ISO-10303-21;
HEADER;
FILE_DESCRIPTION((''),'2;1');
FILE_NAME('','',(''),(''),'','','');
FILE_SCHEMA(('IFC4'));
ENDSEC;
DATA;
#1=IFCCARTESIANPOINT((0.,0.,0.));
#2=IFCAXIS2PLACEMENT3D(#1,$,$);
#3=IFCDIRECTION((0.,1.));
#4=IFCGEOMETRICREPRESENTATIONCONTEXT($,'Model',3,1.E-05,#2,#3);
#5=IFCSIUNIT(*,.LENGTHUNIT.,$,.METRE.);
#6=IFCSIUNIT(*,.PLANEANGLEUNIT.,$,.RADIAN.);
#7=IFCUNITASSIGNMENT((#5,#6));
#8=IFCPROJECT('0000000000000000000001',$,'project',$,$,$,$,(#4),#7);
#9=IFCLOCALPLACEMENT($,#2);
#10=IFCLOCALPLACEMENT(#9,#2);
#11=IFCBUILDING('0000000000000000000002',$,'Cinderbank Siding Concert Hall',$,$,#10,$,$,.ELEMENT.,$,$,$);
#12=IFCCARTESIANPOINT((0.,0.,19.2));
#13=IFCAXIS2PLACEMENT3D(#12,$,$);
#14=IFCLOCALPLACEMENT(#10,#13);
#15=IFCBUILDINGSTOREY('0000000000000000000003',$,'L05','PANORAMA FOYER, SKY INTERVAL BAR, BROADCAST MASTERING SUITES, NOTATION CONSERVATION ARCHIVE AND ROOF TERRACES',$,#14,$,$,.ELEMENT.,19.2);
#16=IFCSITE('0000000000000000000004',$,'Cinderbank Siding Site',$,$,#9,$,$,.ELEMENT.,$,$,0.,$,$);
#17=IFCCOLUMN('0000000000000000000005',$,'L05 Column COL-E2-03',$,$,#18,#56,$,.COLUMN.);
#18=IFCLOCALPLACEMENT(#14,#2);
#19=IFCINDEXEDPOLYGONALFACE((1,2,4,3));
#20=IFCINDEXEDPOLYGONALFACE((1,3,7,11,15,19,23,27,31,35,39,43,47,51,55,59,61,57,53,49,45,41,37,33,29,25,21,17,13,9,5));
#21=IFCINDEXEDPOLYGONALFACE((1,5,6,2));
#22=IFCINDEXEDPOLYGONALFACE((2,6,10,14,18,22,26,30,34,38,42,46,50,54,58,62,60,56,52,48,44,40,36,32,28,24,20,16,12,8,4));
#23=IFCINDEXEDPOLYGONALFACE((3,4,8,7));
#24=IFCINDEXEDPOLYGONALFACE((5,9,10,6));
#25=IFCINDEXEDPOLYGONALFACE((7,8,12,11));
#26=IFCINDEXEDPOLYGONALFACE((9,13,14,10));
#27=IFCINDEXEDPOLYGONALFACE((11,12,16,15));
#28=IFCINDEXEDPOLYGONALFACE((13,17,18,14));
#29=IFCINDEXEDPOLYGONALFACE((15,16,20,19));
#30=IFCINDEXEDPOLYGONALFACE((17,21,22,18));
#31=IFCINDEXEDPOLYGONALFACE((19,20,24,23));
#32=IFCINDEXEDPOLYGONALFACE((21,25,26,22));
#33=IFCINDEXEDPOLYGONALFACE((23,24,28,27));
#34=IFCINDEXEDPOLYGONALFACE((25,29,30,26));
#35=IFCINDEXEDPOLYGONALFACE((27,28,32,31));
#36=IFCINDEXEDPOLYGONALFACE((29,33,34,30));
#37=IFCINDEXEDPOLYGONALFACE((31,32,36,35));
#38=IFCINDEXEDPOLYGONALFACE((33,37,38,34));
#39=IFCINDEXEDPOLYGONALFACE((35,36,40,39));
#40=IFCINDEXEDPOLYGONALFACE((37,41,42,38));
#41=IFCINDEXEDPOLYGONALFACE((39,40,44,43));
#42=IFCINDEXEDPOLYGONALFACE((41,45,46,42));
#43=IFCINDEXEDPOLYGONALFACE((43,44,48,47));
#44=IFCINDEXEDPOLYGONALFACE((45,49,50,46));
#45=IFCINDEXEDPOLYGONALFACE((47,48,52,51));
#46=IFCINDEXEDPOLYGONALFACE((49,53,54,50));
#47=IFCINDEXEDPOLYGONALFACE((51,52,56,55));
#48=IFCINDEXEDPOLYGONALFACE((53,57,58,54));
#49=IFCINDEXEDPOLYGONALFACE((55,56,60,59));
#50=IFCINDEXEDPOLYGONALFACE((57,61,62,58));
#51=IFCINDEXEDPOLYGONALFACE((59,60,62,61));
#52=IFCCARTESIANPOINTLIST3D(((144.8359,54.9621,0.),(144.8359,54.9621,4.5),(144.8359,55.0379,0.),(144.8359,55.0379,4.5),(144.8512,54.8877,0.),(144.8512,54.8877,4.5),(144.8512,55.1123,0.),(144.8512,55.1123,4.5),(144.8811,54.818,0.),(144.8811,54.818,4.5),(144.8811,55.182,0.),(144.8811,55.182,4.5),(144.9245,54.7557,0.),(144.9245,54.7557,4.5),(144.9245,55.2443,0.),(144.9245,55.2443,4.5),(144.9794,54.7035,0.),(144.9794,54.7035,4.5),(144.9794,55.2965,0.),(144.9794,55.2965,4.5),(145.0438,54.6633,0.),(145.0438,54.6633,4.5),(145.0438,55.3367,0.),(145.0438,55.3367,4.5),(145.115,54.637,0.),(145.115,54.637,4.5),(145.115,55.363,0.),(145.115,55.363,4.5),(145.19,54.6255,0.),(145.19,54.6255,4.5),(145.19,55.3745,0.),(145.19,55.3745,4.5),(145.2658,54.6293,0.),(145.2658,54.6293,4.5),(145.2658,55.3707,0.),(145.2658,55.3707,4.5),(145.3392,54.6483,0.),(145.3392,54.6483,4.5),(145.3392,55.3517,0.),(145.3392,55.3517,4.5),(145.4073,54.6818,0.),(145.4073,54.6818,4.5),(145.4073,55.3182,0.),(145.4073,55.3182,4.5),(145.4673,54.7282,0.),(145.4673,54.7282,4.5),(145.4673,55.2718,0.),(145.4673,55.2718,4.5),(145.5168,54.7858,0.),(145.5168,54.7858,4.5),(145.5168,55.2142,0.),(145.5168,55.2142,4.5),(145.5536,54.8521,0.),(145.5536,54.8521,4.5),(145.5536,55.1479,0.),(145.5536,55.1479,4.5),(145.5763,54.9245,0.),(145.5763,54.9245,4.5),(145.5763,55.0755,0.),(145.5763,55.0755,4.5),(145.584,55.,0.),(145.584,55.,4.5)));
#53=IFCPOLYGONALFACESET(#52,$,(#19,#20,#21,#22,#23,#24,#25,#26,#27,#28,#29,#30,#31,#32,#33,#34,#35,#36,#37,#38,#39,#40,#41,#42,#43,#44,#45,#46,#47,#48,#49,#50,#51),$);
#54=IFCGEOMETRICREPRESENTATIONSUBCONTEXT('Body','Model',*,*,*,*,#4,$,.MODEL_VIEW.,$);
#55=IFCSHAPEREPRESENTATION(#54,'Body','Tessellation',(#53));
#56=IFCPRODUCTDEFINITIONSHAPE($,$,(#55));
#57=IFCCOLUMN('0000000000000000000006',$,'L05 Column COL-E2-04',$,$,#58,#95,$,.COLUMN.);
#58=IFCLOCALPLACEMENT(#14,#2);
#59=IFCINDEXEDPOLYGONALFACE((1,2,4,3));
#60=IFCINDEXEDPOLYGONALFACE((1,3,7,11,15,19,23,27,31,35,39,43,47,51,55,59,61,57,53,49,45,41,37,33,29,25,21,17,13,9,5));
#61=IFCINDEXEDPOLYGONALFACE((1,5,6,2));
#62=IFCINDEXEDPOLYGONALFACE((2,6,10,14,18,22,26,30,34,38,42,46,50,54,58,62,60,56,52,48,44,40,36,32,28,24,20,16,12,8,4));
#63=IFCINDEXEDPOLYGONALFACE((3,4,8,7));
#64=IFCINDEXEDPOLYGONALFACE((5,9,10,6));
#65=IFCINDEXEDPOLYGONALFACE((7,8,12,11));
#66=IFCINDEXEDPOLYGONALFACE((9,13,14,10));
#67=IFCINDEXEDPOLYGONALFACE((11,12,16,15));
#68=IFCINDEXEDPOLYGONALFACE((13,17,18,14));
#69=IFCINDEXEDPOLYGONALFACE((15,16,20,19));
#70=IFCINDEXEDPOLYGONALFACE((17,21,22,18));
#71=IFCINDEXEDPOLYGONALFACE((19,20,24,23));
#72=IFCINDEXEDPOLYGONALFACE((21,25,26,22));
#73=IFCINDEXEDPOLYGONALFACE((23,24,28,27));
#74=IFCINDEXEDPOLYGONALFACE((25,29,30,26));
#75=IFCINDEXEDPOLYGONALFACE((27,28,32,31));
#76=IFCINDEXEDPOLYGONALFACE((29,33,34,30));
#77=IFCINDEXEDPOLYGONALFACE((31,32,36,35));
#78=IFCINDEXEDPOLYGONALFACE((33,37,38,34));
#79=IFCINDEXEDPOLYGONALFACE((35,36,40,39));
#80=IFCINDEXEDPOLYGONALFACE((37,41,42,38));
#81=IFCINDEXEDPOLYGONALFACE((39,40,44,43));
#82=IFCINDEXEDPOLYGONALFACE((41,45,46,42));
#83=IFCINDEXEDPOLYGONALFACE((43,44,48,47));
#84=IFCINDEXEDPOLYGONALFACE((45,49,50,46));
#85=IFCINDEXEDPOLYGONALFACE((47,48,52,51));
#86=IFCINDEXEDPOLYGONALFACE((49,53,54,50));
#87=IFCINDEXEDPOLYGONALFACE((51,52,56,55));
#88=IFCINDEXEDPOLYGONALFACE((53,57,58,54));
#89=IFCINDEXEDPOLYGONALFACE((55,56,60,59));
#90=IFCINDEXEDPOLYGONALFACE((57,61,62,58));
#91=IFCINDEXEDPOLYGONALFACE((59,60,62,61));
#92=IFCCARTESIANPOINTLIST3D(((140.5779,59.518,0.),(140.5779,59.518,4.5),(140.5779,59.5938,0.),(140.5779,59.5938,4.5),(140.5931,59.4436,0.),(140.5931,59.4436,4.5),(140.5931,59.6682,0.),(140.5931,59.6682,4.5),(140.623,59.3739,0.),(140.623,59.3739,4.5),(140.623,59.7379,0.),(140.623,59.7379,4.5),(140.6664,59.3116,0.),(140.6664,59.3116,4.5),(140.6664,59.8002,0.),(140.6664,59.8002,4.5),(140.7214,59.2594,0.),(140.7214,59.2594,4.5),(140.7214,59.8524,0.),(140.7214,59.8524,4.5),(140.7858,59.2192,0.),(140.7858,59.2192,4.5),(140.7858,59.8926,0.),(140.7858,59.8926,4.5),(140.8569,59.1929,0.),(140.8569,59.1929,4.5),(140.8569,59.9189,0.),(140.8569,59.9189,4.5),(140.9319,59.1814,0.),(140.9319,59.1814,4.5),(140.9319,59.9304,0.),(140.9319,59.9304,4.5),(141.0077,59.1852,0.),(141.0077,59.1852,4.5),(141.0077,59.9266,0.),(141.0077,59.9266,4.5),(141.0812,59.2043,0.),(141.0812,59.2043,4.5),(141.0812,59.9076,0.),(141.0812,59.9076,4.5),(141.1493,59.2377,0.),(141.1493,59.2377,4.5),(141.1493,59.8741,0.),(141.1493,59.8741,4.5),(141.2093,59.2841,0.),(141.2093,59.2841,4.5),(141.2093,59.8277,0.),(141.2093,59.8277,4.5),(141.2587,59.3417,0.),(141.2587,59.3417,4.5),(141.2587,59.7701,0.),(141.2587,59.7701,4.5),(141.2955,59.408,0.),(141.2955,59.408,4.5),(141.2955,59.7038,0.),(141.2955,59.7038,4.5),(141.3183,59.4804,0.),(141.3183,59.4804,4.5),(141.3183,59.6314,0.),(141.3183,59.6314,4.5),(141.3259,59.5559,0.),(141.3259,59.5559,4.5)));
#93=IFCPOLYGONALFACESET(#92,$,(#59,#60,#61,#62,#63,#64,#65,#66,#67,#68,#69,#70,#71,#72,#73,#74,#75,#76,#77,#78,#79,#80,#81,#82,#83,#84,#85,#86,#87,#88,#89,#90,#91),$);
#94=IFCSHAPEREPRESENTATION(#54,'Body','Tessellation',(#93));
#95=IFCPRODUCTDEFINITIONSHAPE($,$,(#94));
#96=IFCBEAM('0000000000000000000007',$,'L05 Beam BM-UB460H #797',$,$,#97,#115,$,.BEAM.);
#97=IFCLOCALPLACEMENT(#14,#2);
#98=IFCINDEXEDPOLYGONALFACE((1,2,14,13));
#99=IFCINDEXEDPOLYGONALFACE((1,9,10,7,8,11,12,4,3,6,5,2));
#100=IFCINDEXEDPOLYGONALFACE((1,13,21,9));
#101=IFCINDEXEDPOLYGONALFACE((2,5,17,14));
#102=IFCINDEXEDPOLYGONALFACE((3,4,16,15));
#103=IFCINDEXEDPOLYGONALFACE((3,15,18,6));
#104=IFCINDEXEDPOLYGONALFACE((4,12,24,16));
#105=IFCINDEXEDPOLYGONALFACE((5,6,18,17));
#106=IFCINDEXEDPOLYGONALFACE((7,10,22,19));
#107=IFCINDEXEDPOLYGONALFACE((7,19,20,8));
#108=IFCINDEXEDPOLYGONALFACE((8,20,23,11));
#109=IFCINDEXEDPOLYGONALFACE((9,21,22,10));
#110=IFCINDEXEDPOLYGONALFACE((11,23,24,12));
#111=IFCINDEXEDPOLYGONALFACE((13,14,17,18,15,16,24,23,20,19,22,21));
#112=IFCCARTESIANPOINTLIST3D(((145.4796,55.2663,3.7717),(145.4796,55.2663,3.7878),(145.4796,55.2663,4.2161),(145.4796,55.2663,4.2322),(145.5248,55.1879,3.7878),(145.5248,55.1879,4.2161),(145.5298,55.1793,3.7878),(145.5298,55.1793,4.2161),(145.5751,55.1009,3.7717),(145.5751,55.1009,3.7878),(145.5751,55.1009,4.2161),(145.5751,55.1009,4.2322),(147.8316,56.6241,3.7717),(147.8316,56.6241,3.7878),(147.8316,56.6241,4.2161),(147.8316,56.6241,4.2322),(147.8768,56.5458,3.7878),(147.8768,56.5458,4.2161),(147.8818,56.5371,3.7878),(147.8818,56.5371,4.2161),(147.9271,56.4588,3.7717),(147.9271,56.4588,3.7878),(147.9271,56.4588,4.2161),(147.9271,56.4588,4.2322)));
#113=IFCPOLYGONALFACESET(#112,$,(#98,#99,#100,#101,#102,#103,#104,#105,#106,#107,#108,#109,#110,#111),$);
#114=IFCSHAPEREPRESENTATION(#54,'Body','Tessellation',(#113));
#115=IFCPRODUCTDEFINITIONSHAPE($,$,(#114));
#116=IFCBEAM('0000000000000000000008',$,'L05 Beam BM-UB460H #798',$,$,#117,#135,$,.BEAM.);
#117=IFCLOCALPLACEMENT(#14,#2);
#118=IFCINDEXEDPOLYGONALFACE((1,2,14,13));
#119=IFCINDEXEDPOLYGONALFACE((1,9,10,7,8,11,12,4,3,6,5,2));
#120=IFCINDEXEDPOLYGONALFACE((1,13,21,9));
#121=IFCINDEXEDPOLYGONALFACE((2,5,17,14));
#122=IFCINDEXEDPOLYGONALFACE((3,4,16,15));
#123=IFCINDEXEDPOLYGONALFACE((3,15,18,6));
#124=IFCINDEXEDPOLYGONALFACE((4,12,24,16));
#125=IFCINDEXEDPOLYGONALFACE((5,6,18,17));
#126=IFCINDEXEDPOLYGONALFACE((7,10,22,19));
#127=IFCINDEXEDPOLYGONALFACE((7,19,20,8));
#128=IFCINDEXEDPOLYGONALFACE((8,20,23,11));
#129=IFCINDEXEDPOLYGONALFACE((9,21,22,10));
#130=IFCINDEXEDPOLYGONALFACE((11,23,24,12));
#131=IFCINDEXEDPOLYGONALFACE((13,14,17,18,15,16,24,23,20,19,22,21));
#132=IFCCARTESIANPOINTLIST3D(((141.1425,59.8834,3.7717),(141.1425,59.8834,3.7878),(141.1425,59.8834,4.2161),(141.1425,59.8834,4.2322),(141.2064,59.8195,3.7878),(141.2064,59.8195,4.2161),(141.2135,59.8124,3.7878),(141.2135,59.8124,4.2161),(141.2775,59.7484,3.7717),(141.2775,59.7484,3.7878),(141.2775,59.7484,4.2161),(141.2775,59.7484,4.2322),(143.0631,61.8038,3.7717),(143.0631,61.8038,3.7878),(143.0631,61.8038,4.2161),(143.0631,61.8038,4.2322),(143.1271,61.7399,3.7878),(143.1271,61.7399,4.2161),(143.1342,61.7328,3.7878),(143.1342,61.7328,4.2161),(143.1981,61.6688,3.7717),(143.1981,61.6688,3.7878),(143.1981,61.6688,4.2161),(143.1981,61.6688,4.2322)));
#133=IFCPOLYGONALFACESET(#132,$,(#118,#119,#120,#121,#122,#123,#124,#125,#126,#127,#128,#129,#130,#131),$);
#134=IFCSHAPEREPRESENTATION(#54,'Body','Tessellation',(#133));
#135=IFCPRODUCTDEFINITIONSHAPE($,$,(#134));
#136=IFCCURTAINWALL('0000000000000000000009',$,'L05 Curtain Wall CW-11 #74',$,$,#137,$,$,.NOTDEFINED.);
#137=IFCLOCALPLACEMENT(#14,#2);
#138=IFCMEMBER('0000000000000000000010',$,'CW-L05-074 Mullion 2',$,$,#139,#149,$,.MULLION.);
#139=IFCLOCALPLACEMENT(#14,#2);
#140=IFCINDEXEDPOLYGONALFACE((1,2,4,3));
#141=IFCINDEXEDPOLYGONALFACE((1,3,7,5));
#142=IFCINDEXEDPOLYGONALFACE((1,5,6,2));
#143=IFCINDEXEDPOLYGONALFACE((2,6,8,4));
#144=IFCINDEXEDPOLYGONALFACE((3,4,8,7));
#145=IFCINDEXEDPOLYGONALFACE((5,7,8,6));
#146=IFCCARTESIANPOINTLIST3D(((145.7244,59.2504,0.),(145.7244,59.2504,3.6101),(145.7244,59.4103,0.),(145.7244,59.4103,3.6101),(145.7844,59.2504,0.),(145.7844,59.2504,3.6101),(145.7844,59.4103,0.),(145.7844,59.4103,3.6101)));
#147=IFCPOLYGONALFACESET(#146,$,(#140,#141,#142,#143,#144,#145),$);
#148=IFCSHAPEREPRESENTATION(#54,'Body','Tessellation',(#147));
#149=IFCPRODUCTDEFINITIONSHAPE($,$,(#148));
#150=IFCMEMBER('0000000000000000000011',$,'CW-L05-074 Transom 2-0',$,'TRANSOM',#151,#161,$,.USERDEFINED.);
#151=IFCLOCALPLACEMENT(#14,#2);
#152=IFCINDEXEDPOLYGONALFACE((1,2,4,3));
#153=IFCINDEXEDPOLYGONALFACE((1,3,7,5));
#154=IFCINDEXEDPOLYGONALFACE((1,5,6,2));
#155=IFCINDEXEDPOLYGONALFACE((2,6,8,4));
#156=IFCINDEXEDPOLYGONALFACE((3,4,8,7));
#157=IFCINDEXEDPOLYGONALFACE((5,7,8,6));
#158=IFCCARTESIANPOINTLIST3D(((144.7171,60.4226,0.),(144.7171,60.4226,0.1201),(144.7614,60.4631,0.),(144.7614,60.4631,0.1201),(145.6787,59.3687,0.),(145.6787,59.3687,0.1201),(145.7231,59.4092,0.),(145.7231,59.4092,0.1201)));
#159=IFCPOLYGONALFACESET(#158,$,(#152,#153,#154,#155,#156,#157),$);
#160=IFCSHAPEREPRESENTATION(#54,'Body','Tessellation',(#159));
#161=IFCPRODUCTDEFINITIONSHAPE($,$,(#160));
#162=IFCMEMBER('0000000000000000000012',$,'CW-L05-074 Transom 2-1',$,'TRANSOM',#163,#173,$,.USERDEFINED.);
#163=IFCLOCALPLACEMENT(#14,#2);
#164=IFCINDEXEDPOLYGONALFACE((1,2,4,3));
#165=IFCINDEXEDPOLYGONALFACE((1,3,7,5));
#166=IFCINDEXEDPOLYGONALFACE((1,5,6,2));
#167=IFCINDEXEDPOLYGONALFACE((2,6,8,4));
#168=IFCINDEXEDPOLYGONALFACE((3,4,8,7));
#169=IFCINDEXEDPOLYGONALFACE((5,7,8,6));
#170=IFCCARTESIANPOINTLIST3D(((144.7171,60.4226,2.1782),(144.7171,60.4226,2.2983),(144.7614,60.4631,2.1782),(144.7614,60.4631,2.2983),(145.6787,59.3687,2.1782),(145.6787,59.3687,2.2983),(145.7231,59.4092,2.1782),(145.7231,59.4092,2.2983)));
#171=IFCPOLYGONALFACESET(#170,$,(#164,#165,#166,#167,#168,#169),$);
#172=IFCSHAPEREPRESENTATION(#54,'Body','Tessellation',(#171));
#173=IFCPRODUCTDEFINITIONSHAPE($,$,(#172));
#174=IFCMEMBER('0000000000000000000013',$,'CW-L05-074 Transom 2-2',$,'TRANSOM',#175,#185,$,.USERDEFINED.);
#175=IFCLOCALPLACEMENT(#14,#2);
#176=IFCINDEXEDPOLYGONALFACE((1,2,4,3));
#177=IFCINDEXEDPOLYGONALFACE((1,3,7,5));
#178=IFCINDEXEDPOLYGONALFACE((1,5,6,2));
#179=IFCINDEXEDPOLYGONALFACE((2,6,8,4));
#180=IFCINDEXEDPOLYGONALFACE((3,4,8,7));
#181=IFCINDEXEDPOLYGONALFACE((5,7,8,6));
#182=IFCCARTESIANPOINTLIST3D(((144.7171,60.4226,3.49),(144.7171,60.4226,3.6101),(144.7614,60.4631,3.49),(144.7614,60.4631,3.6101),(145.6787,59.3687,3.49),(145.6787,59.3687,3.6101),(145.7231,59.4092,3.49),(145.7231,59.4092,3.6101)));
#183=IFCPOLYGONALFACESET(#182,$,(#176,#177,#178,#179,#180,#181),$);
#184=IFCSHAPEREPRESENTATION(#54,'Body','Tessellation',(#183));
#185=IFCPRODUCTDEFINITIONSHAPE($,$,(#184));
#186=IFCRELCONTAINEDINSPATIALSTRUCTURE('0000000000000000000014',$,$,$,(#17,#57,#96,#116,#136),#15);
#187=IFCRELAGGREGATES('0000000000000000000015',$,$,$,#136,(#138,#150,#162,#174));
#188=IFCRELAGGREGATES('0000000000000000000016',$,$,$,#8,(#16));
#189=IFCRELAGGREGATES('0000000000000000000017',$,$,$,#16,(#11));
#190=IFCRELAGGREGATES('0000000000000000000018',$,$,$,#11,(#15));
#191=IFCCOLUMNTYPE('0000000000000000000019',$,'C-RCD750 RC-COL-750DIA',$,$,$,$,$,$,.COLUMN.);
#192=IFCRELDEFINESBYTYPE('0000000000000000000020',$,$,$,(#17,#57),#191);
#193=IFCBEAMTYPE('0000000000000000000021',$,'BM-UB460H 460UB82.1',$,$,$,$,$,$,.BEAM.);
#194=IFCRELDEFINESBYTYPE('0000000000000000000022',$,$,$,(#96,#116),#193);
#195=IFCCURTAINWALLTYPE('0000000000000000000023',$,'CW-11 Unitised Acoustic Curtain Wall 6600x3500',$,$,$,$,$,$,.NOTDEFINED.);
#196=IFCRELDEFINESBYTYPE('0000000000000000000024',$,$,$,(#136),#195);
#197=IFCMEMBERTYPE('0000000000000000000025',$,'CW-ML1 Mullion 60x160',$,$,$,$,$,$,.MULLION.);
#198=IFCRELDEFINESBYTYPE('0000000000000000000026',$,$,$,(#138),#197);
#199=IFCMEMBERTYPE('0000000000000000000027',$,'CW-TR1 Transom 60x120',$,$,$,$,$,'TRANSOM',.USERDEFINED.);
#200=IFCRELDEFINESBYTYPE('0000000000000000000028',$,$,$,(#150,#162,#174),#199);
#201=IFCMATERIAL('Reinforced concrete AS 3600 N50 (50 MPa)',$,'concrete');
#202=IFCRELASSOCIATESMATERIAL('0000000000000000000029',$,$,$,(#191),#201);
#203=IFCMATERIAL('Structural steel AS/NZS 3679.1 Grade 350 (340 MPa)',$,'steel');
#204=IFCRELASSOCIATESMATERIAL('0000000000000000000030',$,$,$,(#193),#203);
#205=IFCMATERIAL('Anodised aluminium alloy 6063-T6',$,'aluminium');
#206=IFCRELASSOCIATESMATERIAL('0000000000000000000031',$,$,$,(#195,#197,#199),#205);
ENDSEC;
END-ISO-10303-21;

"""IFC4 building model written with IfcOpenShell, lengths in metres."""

from ifc_helpers import new_model, si_unit, direction, frame, origin, origin_2d, place, context, subcontext, project, spatial, rectangle, circle, i_section, extrude, material, material_profile, profile_set, type_object, element, aggregate, save


model = new_model("IFC4")

# Units and contexts
model_context = context("Model", 3, precision=1e-05, world=origin(), true_north=direction((0.0, 1.0)))
body_context = subcontext(model_context, "Body", "Model", "MODEL_VIEW")
ifc_project = project(units=[si_unit("LENGTHUNIT", "METRE"), si_unit("PLANEANGLEUNIT", "RADIAN")], contexts=[model_context])

# Site, building, storey
site_placement = place(None, origin())
site = spatial("IfcSite", under=ifc_project, at=site_placement, Name="Cinderbank Siding Site", CompositionType="ELEMENT", RefElevation=0.0)
building_placement = place(site_placement, origin())
building = spatial("IfcBuilding", under=site, at=building_placement, Name="Cinderbank Siding Concert Hall", CompositionType="ELEMENT")
storey_placement = place(building_placement, frame((0.0, 0.0, 19.2)))
storey = spatial("IfcBuildingStorey", under=building, at=storey_placement, Name="L05", Description="PANORAMA FOYER, SKY INTERVAL BAR, BROADCAST MASTERING SUITES, NOTATION CONSERVATION ARCHIVE AND ROOF TERRACES", CompositionType="ELEMENT", Elevation=19.2)

# Columns
ifc_material_1 = material(Name="Reinforced concrete AS 3600 N50 (50 MPa)", Category="concrete")
ifc_material_profile_1 = material_profile(ifc_material_1, circle(Radius=0.375, at=origin_2d()), Name="RC-COL-750DIA", Category="LoadBearing")
ifc_profile_set_1 = profile_set([ifc_material_profile_1], Name="Reinforced concrete AS 3600 N50 (50 MPa)")
column_type = type_object("IfcColumnType", Name="C-RCD750 RC-COL-750DIA", PredefinedType="COLUMN", material=ifc_profile_set_1)
for number, where, z_axis, x_axis, name in (
    (1, (145.209, 55.0, 0.0), (0.0, 0.0, 1.0), (1.0, 0.0, 0.0), "L05 Column COL-E2-03"),
    (2, (140.9509, 59.5559, 0.0), (0.0, 0.0, 1.0), (1.0, 0.0, 0.0), "L05 Column COL-E2-04"),
):
    element("IfcColumn", number, at=place(storey_placement, frame(where, z_axis=z_axis, x_axis=x_axis)), inside=storey, type_object=column_type, Name=name, PredefinedType="COLUMN", context=body_context, shape_type="SweptSolid", body=[
        extrude(circle(Radius=0.375, at=origin_2d()), origin(), (0.0, 0.0, 1.0), 4.5),
    ])

# Beams
ifc_material_2 = material(Name="Structural steel AS/NZS 3679.1 Grade 350 (340 MPa)", Category="steel")
ifc_material_profile_2 = material_profile(ifc_material_2, i_section(OverallWidth=0.1909, OverallDepth=0.4604, WebThickness=0.01, FlangeThickness=0.0161, at=origin_2d()), Name="460UB82.1", Category="LoadBearing")
ifc_profile_set_2 = profile_set([ifc_material_profile_2], Name="Structural steel AS/NZS 3679.1 Grade 350 (340 MPa)")
beam_type = type_object("IfcBeamType", Name="BM-UB460H 460UB82.1", PredefinedType="BEAM", material=ifc_profile_set_2)
beam_1_placement = place(storey_placement, frame((145.5273, 55.1836, 4.002), z_axis=(0.866033, 0.499987, 0.0), x_axis=(-0.499987, 0.866033, 0.0)))
element("IfcBeam", 3, at=beam_1_placement, inside=storey, type_object=beam_type, Name="L05 Beam BM-UB460H #797", PredefinedType="BEAM", context=body_context, shape_type="SweptSolid", body=[
    extrude(i_section(OverallWidth=0.1909, OverallDepth=0.4604, WebThickness=0.01, FlangeThickness=0.0161, at=origin_2d()), origin(), (0.0, 0.0, 1.0), 2.7158),
])
beam_2_placement = place(storey_placement, frame((141.21, 59.8159, 4.002), z_axis=(0.707152, 0.707062, 0.0), x_axis=(-0.707062, 0.707152, 0.0)))
element("IfcBeam", 4, at=beam_2_placement, inside=storey, type_object=beam_type, Name="L05 Beam BM-UB460H #798", PredefinedType="BEAM", context=body_context, shape_type="SweptSolid", body=[
    extrude(i_section(OverallWidth=0.1909, OverallDepth=0.4604, WebThickness=0.01, FlangeThickness=0.0161, at=origin_2d()), origin(), (0.0, 0.0, 1.0), 2.7161),
])

# Curtain wall, members
ifc_material_3 = material(Name="Anodised aluminium alloy 6063-T6", Category="aluminium")
curtain_wall_type = type_object("IfcCurtainWallType", Name="CW-11 Unitised Acoustic Curtain Wall 6600x3500", PredefinedType="NOTDEFINED", material=ifc_material_3)
curtain_wall_placement = place(storey_placement, origin())
curtain_wall = element("IfcCurtainWall", 5, at=curtain_wall_placement, inside=storey, type_object=curtain_wall_type, Name="L05 Curtain Wall CW-11 #74", PredefinedType="NOTDEFINED")
ifc_material_profile_3 = material_profile(ifc_material_3, rectangle(XDim=0.0601, YDim=0.1599, at=origin_2d()), Name="ALU-MULL-60x160", Category="LoadBearing")
ifc_profile_set_3 = profile_set([ifc_material_profile_3], Name="Anodised aluminium alloy 6063-T6")
member_type_1 = type_object("IfcMemberType", Name="CW-ML1 Mullion 60x160", PredefinedType="MULLION", material=ifc_profile_set_3)
member_1_placement = place(storey_placement, frame((145.7544, 59.3303, 0.0), z_axis=(0.0, 0.0, 1.0), x_axis=(1.0, 0.0, 0.0)))
member_1 = element("IfcMember", 6, at=member_1_placement, type_object=member_type_1, Name="CW-L05-074 Mullion 2", PredefinedType="MULLION", context=body_context, shape_type="SweptSolid", body=[
    extrude(rectangle(XDim=0.0601, YDim=0.1599, at=origin_2d()), origin(), (0.0, 0.0, 1.0), 3.6101),
])
ifc_material_profile_4 = material_profile(ifc_material_3, rectangle(XDim=0.0601, YDim=0.1201, at=origin_2d()), Name="ALU-TRAN-60x120", Category="LoadBearing")
ifc_profile_set_4 = profile_set([ifc_material_profile_4], Name="Anodised aluminium alloy 6063-T6")
member_type_2 = type_object("IfcMemberType", Name="CW-TR1 Transom 60x120", ElementType="TRANSOM", PredefinedType="USERDEFINED", material=ifc_profile_set_4)
member_2_placement = place(storey_placement, frame((145.7009, 59.3889, 0.0601), z_axis=(-0.674026, 0.738708, 0.0), x_axis=(-0.738708, -0.674026, 0.0)))
member_2 = element("IfcMember", 7, at=member_2_placement, type_object=member_type_2, Name="CW-L05-074 Transom 2-0", ObjectType="TRANSOM", PredefinedType="USERDEFINED", context=body_context, shape_type="SweptSolid", body=[
    extrude(rectangle(XDim=0.0601, YDim=0.1201, at=origin_2d()), origin(), (0.0, 0.0, 1.0), 1.4268),
])
member_3_placement = place(storey_placement, frame((145.7009, 59.3889, 2.2383), z_axis=(-0.674026, 0.738708, 0.0), x_axis=(-0.738708, -0.674026, 0.0)))
member_3 = element("IfcMember", 8, at=member_3_placement, type_object=member_type_2, Name="CW-L05-074 Transom 2-1", ObjectType="TRANSOM", PredefinedType="USERDEFINED", context=body_context, shape_type="SweptSolid", body=[
    extrude(rectangle(XDim=0.0601, YDim=0.1201, at=origin_2d()), origin(), (0.0, 0.0, 1.0), 1.4268),
])
member_4_placement = place(storey_placement, frame((145.7009, 59.3889, 3.55), z_axis=(-0.674026, 0.738708, 0.0), x_axis=(-0.738708, -0.674026, 0.0)))
member_4 = element("IfcMember", 9, at=member_4_placement, type_object=member_type_2, Name="CW-L05-074 Transom 2-2", ObjectType="TRANSOM", PredefinedType="USERDEFINED", context=body_context, shape_type="SweptSolid", body=[
    extrude(rectangle(XDim=0.0601, YDim=0.1201, at=origin_2d()), origin(), (0.0, 0.0, 1.0), 1.4268),
])

aggregate(curtain_wall, [member_1, member_2, member_3, member_4])

save(model, "model.ifc")
